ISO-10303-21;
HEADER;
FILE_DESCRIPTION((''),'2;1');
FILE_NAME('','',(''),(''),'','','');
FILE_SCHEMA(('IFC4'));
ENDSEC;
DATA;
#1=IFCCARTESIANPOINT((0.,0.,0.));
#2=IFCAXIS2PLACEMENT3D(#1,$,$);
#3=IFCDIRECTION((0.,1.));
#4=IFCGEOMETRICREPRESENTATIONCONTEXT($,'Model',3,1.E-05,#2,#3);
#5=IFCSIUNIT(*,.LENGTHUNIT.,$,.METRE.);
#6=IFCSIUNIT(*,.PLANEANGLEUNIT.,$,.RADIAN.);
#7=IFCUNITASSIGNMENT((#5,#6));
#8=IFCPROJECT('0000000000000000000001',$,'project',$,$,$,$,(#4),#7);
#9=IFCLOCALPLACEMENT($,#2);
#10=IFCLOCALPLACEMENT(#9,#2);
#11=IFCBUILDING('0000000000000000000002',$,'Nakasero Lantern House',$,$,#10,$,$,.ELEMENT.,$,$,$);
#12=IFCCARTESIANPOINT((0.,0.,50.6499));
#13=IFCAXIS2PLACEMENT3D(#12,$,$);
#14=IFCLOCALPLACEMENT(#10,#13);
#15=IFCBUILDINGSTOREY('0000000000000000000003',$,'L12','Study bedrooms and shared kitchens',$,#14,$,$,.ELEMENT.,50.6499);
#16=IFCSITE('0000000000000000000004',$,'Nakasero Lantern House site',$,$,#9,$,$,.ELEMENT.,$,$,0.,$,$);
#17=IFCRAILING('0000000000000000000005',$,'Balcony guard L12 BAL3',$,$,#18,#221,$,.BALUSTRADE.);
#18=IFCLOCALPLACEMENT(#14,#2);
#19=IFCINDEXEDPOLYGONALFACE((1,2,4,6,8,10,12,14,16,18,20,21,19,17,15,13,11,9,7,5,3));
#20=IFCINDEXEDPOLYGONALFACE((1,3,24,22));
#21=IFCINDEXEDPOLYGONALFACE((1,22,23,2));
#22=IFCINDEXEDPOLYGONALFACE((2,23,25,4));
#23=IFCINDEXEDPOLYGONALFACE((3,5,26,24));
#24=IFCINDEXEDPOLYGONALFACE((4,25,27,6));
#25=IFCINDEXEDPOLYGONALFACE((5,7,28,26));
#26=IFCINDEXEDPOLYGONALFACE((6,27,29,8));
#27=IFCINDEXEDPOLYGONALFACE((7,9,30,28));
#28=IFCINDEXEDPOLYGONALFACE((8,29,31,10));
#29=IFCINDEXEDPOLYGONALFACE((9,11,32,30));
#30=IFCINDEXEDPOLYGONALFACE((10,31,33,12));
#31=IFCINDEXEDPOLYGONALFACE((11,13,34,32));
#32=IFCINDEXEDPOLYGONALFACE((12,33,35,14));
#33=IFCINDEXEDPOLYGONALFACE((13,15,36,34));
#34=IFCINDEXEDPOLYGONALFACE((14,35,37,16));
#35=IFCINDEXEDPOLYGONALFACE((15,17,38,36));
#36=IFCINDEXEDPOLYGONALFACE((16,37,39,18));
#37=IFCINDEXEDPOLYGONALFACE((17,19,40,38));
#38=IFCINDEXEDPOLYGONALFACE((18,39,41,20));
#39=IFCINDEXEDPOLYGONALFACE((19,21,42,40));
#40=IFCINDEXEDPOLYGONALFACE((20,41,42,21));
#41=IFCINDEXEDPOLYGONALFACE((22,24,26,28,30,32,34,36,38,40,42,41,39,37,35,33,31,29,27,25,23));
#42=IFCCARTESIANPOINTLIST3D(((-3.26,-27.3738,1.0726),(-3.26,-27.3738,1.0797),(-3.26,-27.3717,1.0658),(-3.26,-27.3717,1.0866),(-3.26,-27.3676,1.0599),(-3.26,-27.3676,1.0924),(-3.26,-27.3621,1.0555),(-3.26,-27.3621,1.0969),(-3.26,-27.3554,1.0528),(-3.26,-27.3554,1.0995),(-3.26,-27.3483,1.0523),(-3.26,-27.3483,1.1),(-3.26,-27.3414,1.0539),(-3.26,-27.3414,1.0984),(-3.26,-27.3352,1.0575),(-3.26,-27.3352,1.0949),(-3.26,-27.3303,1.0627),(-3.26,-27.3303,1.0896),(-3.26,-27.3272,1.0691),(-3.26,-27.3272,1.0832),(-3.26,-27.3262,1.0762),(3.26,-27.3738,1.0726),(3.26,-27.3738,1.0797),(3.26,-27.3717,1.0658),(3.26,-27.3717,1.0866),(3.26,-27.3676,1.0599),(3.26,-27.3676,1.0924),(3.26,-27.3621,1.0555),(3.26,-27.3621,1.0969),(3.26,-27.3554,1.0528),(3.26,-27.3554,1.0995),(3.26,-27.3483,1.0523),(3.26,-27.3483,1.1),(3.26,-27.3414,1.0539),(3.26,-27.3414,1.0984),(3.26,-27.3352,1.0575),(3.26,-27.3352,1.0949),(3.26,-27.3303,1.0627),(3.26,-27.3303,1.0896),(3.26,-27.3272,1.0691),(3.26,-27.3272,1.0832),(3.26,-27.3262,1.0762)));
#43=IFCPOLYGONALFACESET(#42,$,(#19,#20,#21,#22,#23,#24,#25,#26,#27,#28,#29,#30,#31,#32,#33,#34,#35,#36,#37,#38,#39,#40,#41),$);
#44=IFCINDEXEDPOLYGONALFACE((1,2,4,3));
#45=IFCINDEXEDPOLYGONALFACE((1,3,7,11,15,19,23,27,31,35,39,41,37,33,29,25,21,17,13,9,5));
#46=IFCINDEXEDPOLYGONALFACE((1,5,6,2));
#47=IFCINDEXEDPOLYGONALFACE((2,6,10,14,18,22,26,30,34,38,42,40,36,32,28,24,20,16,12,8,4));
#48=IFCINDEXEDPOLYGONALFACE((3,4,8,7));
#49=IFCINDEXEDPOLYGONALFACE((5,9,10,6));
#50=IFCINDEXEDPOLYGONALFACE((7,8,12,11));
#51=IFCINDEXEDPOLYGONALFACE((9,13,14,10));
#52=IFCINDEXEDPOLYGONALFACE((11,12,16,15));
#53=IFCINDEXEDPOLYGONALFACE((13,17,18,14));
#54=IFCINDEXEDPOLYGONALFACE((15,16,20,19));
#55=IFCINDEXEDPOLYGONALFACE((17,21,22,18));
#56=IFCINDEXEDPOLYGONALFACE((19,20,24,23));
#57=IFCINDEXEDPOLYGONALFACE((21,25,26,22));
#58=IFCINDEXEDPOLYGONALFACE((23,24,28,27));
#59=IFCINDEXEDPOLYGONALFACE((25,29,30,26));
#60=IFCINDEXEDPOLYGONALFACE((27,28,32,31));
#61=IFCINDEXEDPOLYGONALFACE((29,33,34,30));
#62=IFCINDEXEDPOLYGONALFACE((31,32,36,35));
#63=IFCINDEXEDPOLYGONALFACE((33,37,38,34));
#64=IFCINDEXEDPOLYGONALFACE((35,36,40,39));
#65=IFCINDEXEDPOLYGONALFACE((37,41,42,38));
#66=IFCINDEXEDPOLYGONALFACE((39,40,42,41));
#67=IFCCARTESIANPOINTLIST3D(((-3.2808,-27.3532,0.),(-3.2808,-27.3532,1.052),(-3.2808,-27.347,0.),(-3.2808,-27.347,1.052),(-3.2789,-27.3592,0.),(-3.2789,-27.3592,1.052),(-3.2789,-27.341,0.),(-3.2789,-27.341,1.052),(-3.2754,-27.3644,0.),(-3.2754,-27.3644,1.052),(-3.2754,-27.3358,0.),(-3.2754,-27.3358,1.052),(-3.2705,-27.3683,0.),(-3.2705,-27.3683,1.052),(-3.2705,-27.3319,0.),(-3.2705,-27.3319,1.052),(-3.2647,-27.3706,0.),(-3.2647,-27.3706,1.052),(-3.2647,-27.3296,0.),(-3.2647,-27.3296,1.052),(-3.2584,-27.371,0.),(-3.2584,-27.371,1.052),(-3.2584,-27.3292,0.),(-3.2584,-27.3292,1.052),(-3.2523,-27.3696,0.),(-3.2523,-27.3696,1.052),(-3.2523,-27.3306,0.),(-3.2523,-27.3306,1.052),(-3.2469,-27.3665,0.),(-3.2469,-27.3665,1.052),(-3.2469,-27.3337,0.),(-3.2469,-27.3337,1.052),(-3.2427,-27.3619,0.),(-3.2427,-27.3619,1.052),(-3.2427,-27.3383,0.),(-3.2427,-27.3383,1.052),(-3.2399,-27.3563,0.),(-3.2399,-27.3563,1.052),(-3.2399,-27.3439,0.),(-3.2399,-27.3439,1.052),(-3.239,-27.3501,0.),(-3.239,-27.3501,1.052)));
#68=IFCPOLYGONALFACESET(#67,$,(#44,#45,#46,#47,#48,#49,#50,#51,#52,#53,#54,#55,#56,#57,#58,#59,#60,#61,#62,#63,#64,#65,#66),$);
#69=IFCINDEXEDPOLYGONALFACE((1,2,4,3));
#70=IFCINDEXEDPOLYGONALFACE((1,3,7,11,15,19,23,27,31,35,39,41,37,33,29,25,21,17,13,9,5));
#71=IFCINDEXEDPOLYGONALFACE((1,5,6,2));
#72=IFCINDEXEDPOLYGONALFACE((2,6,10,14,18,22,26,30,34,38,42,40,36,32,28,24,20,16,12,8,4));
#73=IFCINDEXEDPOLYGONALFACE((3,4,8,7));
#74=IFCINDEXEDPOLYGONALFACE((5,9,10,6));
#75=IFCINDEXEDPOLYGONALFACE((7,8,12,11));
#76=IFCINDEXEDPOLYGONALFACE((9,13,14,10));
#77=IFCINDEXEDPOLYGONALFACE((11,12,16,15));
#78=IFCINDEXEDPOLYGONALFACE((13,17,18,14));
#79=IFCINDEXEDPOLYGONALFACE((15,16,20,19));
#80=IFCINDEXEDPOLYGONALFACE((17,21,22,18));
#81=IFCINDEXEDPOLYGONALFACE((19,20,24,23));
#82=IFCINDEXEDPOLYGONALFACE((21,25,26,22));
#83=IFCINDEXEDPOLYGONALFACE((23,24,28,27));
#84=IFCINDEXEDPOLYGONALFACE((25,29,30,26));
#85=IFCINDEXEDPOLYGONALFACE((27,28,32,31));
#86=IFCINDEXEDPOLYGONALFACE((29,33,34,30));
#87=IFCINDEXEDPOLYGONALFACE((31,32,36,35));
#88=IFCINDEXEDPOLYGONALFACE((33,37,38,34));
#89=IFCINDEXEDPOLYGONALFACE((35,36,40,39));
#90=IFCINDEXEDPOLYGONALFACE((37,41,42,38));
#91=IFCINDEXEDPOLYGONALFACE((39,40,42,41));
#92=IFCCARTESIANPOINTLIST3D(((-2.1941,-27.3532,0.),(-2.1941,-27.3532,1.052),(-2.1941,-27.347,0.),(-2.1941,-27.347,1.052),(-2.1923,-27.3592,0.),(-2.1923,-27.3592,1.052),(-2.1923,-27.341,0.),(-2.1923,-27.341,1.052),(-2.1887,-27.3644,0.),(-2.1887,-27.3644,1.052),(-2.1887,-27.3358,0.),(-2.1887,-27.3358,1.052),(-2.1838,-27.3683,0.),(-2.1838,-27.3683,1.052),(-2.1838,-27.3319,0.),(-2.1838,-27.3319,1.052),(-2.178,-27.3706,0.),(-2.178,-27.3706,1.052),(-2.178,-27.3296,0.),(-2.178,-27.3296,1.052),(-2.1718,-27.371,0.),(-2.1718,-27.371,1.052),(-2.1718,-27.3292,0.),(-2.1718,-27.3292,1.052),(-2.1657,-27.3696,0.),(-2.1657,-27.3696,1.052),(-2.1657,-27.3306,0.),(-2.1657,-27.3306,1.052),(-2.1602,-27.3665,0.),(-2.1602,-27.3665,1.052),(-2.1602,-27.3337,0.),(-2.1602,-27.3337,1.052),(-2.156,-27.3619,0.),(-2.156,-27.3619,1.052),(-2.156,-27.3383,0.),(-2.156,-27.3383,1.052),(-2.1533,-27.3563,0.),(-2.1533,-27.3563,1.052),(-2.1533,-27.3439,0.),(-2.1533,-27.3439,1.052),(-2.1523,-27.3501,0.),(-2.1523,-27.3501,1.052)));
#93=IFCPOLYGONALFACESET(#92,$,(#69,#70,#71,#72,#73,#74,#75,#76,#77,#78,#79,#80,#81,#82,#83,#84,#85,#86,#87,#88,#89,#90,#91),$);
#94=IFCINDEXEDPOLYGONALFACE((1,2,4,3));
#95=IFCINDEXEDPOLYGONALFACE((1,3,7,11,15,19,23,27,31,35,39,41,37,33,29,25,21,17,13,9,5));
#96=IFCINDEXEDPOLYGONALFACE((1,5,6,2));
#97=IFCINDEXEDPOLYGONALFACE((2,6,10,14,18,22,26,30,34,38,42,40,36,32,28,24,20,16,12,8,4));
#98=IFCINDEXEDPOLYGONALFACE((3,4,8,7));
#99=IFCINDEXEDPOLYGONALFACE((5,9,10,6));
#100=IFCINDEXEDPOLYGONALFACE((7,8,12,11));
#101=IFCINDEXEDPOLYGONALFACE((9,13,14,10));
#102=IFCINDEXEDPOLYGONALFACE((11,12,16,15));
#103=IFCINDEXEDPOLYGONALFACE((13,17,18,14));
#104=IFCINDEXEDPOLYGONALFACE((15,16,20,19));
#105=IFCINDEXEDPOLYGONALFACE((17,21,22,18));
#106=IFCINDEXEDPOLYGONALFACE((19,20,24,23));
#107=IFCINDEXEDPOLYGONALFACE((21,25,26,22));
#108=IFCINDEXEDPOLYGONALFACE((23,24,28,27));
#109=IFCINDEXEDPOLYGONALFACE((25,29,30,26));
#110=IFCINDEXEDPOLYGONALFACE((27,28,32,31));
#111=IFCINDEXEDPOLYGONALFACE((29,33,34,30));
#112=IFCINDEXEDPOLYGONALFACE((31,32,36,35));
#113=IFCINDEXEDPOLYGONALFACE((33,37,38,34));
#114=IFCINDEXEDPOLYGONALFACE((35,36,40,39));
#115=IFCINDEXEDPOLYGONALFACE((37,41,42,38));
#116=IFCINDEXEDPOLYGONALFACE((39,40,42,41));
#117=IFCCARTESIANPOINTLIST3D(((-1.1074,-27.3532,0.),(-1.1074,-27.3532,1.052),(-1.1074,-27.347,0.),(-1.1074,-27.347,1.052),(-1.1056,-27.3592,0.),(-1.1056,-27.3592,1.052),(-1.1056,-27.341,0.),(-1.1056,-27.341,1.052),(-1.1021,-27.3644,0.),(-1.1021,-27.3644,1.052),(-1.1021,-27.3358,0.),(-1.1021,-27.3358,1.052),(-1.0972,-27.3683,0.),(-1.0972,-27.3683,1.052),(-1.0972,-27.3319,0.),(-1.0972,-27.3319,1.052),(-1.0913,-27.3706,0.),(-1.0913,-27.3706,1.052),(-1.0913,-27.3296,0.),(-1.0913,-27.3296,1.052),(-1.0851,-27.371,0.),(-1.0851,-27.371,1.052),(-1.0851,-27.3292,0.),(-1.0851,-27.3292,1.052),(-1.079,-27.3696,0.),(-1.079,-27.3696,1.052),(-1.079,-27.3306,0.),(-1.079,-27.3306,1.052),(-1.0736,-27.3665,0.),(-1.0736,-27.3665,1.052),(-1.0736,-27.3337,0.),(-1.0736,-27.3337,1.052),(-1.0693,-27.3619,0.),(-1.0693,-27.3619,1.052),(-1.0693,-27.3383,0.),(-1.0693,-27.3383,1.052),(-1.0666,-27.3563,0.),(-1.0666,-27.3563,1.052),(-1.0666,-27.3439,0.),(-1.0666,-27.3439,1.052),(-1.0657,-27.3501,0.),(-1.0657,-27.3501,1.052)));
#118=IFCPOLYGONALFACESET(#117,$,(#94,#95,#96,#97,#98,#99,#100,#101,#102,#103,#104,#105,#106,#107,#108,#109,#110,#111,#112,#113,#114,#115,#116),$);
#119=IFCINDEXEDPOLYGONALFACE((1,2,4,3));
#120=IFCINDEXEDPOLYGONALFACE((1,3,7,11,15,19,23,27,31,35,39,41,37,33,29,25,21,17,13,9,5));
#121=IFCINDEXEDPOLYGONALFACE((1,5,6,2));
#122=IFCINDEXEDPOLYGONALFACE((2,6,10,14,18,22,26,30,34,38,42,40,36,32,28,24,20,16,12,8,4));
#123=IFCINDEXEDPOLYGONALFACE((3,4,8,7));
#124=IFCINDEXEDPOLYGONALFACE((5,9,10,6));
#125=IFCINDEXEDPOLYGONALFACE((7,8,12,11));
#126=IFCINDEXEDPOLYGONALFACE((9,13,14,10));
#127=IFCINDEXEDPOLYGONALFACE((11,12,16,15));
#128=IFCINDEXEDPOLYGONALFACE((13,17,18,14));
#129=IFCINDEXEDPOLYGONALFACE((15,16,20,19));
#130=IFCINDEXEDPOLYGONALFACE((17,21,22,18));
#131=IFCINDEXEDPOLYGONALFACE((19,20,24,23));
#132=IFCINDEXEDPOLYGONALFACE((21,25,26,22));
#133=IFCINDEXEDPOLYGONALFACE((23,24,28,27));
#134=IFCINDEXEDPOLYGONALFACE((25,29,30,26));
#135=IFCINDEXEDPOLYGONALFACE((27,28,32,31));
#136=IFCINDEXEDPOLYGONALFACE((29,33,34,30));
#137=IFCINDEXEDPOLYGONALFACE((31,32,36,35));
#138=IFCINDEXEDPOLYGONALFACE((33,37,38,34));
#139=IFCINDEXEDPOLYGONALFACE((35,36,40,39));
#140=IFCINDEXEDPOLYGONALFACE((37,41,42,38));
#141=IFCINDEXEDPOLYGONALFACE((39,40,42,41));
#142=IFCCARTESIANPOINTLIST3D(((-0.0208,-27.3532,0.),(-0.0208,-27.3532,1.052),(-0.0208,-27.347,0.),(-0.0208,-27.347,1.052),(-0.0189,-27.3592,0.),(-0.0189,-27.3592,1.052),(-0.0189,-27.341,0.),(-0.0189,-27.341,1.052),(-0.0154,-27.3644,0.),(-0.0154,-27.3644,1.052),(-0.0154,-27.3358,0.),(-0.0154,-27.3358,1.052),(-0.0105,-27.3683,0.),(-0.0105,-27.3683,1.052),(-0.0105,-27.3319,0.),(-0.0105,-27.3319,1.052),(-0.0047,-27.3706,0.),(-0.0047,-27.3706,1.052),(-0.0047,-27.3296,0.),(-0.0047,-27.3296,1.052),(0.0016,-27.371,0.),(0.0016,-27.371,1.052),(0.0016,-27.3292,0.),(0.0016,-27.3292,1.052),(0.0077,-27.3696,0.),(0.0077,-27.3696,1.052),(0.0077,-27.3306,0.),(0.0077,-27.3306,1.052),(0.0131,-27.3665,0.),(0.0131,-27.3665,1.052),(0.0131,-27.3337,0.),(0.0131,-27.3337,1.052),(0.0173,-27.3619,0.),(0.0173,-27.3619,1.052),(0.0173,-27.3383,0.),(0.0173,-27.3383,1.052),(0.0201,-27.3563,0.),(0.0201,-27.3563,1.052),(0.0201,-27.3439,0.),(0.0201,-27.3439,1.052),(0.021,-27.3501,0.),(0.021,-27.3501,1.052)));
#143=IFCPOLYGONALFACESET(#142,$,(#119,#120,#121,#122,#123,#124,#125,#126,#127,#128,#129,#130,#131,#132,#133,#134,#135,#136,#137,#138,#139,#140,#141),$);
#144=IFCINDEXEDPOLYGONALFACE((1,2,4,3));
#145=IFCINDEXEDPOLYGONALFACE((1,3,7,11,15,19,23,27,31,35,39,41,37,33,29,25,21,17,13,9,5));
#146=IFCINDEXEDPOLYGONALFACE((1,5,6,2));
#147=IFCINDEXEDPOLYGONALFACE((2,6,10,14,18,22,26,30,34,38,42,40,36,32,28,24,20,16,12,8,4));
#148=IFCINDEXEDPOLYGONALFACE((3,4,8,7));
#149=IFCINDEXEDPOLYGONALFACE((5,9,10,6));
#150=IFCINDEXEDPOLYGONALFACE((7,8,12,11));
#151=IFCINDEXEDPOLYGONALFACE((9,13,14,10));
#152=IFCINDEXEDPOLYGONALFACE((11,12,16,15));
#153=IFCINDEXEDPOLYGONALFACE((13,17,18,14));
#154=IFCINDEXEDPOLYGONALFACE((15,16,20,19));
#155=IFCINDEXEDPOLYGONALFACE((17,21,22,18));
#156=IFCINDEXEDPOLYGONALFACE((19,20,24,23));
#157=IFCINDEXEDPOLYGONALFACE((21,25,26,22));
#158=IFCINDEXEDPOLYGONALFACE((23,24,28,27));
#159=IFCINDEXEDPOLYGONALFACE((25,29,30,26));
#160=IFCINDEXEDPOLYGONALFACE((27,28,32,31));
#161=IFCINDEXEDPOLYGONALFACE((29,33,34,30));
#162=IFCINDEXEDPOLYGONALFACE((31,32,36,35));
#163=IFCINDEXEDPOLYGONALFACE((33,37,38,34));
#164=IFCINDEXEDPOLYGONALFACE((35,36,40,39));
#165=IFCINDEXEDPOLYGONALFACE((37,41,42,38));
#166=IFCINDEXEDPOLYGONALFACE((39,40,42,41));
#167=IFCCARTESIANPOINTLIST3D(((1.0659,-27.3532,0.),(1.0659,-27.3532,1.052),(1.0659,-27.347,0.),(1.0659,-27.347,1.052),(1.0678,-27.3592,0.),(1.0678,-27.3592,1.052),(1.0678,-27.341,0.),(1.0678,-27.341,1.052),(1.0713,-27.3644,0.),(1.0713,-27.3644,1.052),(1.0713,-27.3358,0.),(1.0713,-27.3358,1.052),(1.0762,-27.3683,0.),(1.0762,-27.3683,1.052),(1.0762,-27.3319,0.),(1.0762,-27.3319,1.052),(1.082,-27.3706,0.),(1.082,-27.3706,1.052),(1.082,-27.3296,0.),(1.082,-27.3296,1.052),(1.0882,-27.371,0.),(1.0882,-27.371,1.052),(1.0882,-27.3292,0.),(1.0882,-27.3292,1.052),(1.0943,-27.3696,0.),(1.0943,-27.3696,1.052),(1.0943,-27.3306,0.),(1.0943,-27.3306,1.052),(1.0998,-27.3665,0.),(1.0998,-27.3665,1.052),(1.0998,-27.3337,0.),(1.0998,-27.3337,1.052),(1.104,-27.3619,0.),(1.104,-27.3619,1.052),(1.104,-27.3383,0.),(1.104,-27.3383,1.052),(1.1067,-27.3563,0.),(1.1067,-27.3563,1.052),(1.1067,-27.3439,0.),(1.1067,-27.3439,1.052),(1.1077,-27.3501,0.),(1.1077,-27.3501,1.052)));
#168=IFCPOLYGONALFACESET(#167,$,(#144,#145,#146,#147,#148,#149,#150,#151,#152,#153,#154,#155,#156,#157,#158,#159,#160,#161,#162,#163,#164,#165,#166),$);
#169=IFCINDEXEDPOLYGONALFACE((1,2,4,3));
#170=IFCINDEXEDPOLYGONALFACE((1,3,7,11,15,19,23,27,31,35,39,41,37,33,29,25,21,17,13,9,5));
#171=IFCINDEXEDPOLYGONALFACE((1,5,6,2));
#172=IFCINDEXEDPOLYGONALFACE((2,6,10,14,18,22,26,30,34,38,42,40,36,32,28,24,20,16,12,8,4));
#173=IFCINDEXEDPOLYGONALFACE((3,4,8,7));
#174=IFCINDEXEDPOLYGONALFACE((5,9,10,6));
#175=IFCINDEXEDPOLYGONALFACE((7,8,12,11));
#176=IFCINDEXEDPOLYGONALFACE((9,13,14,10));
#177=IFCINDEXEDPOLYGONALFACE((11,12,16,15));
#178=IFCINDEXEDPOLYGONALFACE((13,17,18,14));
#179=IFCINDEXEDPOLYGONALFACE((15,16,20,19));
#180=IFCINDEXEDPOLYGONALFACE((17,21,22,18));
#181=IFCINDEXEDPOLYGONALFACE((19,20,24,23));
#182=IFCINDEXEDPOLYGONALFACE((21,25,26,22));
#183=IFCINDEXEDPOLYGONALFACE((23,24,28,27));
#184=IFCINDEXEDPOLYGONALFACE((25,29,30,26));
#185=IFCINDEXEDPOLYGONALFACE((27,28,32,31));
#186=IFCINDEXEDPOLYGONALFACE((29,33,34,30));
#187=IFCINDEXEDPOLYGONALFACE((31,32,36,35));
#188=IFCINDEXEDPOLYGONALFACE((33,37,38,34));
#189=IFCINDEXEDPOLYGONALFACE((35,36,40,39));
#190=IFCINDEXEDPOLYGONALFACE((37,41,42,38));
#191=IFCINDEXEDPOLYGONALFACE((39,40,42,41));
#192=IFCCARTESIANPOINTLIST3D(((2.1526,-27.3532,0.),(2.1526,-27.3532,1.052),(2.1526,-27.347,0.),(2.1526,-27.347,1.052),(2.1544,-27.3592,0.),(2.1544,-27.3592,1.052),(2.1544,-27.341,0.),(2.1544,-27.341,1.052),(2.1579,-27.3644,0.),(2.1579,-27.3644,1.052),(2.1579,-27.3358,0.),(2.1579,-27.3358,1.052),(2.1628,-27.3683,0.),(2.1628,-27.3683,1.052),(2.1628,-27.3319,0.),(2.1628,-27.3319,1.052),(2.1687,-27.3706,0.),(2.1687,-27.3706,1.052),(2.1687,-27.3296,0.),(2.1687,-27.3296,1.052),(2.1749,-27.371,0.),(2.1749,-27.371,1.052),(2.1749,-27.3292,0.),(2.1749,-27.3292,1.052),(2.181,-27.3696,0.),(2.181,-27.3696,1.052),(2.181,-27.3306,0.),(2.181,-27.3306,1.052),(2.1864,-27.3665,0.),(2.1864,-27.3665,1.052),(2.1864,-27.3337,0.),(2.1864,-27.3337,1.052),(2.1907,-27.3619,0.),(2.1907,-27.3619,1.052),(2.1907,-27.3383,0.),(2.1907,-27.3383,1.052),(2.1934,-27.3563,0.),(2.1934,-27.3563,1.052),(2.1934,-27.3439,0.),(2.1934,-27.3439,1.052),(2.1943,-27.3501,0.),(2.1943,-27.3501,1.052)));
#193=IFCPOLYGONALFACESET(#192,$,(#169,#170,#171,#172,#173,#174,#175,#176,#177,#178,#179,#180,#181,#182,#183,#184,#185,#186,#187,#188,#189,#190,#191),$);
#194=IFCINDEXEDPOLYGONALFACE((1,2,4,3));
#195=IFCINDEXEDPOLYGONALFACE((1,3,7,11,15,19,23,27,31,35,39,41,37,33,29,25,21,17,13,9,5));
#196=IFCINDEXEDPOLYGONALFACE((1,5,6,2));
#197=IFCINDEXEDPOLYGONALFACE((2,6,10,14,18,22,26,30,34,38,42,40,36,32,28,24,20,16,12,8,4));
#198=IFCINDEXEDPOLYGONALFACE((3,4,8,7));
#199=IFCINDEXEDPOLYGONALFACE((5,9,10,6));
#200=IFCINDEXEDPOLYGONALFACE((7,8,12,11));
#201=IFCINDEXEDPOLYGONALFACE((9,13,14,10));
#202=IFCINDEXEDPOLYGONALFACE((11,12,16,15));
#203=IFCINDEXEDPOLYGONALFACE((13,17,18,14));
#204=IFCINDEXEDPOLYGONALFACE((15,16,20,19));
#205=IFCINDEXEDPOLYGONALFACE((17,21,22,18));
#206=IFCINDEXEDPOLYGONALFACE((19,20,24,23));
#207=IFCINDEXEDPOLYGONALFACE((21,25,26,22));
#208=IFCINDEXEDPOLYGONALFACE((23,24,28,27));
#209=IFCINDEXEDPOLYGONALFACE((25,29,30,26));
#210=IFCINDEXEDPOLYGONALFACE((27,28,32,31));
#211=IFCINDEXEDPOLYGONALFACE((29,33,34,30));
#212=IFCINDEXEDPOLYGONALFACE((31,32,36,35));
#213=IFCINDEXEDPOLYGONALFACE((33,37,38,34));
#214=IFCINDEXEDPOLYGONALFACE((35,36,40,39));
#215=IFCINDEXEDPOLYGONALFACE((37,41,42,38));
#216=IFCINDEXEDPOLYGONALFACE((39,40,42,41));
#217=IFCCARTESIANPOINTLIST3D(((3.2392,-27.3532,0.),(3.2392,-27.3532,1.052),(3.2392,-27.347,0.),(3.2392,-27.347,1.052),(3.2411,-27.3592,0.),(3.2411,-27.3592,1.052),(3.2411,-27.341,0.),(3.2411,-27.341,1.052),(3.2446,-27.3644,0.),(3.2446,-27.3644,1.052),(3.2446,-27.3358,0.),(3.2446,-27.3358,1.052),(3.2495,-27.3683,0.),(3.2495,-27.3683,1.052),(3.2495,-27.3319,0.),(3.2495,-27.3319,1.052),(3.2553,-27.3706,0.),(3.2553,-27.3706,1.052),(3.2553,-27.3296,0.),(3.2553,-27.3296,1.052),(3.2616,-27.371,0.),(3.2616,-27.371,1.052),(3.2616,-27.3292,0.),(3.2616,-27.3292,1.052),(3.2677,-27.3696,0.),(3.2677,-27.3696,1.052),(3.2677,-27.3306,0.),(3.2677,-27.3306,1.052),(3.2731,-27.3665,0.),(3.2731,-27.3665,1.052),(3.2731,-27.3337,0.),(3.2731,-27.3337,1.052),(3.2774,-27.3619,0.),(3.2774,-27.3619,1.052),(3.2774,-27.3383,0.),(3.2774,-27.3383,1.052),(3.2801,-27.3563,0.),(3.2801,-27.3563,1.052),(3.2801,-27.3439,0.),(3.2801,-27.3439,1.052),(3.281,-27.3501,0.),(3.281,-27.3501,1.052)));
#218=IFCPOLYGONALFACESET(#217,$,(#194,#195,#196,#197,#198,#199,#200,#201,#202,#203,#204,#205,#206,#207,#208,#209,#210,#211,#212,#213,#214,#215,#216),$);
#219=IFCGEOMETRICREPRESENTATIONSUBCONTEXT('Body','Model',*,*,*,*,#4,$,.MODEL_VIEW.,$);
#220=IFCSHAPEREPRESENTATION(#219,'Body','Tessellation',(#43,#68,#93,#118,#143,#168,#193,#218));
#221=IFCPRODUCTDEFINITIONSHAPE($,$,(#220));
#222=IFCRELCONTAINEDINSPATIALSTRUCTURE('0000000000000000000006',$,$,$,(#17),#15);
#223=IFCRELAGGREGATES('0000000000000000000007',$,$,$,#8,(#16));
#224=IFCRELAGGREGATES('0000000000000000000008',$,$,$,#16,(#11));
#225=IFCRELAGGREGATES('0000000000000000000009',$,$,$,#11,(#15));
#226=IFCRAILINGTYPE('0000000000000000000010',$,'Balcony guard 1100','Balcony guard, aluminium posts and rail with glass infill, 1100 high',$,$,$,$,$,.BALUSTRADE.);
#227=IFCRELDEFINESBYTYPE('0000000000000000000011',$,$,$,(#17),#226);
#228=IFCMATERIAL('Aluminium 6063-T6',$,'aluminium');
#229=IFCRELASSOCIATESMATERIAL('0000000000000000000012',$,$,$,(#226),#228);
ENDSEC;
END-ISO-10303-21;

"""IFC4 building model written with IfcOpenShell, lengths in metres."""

from ifc_helpers import new_model, si_unit, direction, frame, origin, origin_2d, place, context, subcontext, project, spatial, circle, extrude, material, type_object, element, save


model = new_model("IFC4")

# Units and contexts
model_context = context("Model", 3, precision=1e-05, world=origin(), true_north=direction((0.0, 1.0)))
body_context = subcontext(model_context, "Body", "Model", "MODEL_VIEW")
ifc_project = project(units=[si_unit("LENGTHUNIT", "METRE"), si_unit("PLANEANGLEUNIT", "RADIAN")], contexts=[model_context])

# Site, building, storey
site_placement = place(None, origin())
site = spatial("IfcSite", under=ifc_project, at=site_placement, Name="Nakasero Lantern House site", CompositionType="ELEMENT", RefElevation=0.0)
building_placement = place(site_placement, origin())
building = spatial("IfcBuilding", under=site, at=building_placement, Name="Nakasero Lantern House", CompositionType="ELEMENT")
storey_placement = place(building_placement, frame((0.0, 0.0, 50.6499)))
storey = spatial("IfcBuildingStorey", under=building, at=storey_placement, Name="L12", Description="Study bedrooms and shared kitchens", CompositionType="ELEMENT", Elevation=50.6499)

# Railing
ifc_material_1 = material(Name="Aluminium 6063-T6", Category="aluminium")
railing_type = type_object("IfcRailingType", Name="Balcony guard 1100", Description="Balcony guard, aluminium posts and rail with glass infill, 1100 high", PredefinedType="BALUSTRADE", material=ifc_material_1)
railing_placement = place(storey_placement, frame((-3.26, -27.3501, 0.0)))
element("IfcRailing", 1, at=railing_placement, inside=storey, type_object=railing_type, Name="Balcony guard L12 BAL3", PredefinedType="BALUSTRADE", context=body_context, shape_type="SweptSolid", body=[
    extrude(circle(Radius=0.0239, at=origin_2d()), frame((0.0, 0.0, 1.0762), z_axis=(1.0, 0.0, 0.0), x_axis=(0.0, 1.0, 0.0)), (0.0, 0.0, 1.0), 6.52),
    extrude(circle(Radius=0.021, at=origin_2d()), origin(), (0.0, 0.0, 1.0), 1.052),
    extrude(circle(Radius=0.021, at=origin_2d()), frame((1.0867, 0.0, 0.0)), (0.0, 0.0, 1.0), 1.052),
    extrude(circle(Radius=0.021, at=origin_2d()), frame((2.1733, 0.0, 0.0)), (0.0, 0.0, 1.0), 1.052),
    extrude(circle(Radius=0.021, at=origin_2d()), frame((3.26, 0.0, 0.0)), (0.0, 0.0, 1.0), 1.052),
    extrude(circle(Radius=0.021, at=origin_2d()), frame((4.3467, 0.0, 0.0)), (0.0, 0.0, 1.0), 1.052),
    extrude(circle(Radius=0.021, at=origin_2d()), frame((5.4333, 0.0, 0.0)), (0.0, 0.0, 1.0), 1.052),
    extrude(circle(Radius=0.021, at=origin_2d()), frame((6.52, 0.0, 0.0)), (0.0, 0.0, 1.0), 1.052),
])

save(model, "model.ifc")
